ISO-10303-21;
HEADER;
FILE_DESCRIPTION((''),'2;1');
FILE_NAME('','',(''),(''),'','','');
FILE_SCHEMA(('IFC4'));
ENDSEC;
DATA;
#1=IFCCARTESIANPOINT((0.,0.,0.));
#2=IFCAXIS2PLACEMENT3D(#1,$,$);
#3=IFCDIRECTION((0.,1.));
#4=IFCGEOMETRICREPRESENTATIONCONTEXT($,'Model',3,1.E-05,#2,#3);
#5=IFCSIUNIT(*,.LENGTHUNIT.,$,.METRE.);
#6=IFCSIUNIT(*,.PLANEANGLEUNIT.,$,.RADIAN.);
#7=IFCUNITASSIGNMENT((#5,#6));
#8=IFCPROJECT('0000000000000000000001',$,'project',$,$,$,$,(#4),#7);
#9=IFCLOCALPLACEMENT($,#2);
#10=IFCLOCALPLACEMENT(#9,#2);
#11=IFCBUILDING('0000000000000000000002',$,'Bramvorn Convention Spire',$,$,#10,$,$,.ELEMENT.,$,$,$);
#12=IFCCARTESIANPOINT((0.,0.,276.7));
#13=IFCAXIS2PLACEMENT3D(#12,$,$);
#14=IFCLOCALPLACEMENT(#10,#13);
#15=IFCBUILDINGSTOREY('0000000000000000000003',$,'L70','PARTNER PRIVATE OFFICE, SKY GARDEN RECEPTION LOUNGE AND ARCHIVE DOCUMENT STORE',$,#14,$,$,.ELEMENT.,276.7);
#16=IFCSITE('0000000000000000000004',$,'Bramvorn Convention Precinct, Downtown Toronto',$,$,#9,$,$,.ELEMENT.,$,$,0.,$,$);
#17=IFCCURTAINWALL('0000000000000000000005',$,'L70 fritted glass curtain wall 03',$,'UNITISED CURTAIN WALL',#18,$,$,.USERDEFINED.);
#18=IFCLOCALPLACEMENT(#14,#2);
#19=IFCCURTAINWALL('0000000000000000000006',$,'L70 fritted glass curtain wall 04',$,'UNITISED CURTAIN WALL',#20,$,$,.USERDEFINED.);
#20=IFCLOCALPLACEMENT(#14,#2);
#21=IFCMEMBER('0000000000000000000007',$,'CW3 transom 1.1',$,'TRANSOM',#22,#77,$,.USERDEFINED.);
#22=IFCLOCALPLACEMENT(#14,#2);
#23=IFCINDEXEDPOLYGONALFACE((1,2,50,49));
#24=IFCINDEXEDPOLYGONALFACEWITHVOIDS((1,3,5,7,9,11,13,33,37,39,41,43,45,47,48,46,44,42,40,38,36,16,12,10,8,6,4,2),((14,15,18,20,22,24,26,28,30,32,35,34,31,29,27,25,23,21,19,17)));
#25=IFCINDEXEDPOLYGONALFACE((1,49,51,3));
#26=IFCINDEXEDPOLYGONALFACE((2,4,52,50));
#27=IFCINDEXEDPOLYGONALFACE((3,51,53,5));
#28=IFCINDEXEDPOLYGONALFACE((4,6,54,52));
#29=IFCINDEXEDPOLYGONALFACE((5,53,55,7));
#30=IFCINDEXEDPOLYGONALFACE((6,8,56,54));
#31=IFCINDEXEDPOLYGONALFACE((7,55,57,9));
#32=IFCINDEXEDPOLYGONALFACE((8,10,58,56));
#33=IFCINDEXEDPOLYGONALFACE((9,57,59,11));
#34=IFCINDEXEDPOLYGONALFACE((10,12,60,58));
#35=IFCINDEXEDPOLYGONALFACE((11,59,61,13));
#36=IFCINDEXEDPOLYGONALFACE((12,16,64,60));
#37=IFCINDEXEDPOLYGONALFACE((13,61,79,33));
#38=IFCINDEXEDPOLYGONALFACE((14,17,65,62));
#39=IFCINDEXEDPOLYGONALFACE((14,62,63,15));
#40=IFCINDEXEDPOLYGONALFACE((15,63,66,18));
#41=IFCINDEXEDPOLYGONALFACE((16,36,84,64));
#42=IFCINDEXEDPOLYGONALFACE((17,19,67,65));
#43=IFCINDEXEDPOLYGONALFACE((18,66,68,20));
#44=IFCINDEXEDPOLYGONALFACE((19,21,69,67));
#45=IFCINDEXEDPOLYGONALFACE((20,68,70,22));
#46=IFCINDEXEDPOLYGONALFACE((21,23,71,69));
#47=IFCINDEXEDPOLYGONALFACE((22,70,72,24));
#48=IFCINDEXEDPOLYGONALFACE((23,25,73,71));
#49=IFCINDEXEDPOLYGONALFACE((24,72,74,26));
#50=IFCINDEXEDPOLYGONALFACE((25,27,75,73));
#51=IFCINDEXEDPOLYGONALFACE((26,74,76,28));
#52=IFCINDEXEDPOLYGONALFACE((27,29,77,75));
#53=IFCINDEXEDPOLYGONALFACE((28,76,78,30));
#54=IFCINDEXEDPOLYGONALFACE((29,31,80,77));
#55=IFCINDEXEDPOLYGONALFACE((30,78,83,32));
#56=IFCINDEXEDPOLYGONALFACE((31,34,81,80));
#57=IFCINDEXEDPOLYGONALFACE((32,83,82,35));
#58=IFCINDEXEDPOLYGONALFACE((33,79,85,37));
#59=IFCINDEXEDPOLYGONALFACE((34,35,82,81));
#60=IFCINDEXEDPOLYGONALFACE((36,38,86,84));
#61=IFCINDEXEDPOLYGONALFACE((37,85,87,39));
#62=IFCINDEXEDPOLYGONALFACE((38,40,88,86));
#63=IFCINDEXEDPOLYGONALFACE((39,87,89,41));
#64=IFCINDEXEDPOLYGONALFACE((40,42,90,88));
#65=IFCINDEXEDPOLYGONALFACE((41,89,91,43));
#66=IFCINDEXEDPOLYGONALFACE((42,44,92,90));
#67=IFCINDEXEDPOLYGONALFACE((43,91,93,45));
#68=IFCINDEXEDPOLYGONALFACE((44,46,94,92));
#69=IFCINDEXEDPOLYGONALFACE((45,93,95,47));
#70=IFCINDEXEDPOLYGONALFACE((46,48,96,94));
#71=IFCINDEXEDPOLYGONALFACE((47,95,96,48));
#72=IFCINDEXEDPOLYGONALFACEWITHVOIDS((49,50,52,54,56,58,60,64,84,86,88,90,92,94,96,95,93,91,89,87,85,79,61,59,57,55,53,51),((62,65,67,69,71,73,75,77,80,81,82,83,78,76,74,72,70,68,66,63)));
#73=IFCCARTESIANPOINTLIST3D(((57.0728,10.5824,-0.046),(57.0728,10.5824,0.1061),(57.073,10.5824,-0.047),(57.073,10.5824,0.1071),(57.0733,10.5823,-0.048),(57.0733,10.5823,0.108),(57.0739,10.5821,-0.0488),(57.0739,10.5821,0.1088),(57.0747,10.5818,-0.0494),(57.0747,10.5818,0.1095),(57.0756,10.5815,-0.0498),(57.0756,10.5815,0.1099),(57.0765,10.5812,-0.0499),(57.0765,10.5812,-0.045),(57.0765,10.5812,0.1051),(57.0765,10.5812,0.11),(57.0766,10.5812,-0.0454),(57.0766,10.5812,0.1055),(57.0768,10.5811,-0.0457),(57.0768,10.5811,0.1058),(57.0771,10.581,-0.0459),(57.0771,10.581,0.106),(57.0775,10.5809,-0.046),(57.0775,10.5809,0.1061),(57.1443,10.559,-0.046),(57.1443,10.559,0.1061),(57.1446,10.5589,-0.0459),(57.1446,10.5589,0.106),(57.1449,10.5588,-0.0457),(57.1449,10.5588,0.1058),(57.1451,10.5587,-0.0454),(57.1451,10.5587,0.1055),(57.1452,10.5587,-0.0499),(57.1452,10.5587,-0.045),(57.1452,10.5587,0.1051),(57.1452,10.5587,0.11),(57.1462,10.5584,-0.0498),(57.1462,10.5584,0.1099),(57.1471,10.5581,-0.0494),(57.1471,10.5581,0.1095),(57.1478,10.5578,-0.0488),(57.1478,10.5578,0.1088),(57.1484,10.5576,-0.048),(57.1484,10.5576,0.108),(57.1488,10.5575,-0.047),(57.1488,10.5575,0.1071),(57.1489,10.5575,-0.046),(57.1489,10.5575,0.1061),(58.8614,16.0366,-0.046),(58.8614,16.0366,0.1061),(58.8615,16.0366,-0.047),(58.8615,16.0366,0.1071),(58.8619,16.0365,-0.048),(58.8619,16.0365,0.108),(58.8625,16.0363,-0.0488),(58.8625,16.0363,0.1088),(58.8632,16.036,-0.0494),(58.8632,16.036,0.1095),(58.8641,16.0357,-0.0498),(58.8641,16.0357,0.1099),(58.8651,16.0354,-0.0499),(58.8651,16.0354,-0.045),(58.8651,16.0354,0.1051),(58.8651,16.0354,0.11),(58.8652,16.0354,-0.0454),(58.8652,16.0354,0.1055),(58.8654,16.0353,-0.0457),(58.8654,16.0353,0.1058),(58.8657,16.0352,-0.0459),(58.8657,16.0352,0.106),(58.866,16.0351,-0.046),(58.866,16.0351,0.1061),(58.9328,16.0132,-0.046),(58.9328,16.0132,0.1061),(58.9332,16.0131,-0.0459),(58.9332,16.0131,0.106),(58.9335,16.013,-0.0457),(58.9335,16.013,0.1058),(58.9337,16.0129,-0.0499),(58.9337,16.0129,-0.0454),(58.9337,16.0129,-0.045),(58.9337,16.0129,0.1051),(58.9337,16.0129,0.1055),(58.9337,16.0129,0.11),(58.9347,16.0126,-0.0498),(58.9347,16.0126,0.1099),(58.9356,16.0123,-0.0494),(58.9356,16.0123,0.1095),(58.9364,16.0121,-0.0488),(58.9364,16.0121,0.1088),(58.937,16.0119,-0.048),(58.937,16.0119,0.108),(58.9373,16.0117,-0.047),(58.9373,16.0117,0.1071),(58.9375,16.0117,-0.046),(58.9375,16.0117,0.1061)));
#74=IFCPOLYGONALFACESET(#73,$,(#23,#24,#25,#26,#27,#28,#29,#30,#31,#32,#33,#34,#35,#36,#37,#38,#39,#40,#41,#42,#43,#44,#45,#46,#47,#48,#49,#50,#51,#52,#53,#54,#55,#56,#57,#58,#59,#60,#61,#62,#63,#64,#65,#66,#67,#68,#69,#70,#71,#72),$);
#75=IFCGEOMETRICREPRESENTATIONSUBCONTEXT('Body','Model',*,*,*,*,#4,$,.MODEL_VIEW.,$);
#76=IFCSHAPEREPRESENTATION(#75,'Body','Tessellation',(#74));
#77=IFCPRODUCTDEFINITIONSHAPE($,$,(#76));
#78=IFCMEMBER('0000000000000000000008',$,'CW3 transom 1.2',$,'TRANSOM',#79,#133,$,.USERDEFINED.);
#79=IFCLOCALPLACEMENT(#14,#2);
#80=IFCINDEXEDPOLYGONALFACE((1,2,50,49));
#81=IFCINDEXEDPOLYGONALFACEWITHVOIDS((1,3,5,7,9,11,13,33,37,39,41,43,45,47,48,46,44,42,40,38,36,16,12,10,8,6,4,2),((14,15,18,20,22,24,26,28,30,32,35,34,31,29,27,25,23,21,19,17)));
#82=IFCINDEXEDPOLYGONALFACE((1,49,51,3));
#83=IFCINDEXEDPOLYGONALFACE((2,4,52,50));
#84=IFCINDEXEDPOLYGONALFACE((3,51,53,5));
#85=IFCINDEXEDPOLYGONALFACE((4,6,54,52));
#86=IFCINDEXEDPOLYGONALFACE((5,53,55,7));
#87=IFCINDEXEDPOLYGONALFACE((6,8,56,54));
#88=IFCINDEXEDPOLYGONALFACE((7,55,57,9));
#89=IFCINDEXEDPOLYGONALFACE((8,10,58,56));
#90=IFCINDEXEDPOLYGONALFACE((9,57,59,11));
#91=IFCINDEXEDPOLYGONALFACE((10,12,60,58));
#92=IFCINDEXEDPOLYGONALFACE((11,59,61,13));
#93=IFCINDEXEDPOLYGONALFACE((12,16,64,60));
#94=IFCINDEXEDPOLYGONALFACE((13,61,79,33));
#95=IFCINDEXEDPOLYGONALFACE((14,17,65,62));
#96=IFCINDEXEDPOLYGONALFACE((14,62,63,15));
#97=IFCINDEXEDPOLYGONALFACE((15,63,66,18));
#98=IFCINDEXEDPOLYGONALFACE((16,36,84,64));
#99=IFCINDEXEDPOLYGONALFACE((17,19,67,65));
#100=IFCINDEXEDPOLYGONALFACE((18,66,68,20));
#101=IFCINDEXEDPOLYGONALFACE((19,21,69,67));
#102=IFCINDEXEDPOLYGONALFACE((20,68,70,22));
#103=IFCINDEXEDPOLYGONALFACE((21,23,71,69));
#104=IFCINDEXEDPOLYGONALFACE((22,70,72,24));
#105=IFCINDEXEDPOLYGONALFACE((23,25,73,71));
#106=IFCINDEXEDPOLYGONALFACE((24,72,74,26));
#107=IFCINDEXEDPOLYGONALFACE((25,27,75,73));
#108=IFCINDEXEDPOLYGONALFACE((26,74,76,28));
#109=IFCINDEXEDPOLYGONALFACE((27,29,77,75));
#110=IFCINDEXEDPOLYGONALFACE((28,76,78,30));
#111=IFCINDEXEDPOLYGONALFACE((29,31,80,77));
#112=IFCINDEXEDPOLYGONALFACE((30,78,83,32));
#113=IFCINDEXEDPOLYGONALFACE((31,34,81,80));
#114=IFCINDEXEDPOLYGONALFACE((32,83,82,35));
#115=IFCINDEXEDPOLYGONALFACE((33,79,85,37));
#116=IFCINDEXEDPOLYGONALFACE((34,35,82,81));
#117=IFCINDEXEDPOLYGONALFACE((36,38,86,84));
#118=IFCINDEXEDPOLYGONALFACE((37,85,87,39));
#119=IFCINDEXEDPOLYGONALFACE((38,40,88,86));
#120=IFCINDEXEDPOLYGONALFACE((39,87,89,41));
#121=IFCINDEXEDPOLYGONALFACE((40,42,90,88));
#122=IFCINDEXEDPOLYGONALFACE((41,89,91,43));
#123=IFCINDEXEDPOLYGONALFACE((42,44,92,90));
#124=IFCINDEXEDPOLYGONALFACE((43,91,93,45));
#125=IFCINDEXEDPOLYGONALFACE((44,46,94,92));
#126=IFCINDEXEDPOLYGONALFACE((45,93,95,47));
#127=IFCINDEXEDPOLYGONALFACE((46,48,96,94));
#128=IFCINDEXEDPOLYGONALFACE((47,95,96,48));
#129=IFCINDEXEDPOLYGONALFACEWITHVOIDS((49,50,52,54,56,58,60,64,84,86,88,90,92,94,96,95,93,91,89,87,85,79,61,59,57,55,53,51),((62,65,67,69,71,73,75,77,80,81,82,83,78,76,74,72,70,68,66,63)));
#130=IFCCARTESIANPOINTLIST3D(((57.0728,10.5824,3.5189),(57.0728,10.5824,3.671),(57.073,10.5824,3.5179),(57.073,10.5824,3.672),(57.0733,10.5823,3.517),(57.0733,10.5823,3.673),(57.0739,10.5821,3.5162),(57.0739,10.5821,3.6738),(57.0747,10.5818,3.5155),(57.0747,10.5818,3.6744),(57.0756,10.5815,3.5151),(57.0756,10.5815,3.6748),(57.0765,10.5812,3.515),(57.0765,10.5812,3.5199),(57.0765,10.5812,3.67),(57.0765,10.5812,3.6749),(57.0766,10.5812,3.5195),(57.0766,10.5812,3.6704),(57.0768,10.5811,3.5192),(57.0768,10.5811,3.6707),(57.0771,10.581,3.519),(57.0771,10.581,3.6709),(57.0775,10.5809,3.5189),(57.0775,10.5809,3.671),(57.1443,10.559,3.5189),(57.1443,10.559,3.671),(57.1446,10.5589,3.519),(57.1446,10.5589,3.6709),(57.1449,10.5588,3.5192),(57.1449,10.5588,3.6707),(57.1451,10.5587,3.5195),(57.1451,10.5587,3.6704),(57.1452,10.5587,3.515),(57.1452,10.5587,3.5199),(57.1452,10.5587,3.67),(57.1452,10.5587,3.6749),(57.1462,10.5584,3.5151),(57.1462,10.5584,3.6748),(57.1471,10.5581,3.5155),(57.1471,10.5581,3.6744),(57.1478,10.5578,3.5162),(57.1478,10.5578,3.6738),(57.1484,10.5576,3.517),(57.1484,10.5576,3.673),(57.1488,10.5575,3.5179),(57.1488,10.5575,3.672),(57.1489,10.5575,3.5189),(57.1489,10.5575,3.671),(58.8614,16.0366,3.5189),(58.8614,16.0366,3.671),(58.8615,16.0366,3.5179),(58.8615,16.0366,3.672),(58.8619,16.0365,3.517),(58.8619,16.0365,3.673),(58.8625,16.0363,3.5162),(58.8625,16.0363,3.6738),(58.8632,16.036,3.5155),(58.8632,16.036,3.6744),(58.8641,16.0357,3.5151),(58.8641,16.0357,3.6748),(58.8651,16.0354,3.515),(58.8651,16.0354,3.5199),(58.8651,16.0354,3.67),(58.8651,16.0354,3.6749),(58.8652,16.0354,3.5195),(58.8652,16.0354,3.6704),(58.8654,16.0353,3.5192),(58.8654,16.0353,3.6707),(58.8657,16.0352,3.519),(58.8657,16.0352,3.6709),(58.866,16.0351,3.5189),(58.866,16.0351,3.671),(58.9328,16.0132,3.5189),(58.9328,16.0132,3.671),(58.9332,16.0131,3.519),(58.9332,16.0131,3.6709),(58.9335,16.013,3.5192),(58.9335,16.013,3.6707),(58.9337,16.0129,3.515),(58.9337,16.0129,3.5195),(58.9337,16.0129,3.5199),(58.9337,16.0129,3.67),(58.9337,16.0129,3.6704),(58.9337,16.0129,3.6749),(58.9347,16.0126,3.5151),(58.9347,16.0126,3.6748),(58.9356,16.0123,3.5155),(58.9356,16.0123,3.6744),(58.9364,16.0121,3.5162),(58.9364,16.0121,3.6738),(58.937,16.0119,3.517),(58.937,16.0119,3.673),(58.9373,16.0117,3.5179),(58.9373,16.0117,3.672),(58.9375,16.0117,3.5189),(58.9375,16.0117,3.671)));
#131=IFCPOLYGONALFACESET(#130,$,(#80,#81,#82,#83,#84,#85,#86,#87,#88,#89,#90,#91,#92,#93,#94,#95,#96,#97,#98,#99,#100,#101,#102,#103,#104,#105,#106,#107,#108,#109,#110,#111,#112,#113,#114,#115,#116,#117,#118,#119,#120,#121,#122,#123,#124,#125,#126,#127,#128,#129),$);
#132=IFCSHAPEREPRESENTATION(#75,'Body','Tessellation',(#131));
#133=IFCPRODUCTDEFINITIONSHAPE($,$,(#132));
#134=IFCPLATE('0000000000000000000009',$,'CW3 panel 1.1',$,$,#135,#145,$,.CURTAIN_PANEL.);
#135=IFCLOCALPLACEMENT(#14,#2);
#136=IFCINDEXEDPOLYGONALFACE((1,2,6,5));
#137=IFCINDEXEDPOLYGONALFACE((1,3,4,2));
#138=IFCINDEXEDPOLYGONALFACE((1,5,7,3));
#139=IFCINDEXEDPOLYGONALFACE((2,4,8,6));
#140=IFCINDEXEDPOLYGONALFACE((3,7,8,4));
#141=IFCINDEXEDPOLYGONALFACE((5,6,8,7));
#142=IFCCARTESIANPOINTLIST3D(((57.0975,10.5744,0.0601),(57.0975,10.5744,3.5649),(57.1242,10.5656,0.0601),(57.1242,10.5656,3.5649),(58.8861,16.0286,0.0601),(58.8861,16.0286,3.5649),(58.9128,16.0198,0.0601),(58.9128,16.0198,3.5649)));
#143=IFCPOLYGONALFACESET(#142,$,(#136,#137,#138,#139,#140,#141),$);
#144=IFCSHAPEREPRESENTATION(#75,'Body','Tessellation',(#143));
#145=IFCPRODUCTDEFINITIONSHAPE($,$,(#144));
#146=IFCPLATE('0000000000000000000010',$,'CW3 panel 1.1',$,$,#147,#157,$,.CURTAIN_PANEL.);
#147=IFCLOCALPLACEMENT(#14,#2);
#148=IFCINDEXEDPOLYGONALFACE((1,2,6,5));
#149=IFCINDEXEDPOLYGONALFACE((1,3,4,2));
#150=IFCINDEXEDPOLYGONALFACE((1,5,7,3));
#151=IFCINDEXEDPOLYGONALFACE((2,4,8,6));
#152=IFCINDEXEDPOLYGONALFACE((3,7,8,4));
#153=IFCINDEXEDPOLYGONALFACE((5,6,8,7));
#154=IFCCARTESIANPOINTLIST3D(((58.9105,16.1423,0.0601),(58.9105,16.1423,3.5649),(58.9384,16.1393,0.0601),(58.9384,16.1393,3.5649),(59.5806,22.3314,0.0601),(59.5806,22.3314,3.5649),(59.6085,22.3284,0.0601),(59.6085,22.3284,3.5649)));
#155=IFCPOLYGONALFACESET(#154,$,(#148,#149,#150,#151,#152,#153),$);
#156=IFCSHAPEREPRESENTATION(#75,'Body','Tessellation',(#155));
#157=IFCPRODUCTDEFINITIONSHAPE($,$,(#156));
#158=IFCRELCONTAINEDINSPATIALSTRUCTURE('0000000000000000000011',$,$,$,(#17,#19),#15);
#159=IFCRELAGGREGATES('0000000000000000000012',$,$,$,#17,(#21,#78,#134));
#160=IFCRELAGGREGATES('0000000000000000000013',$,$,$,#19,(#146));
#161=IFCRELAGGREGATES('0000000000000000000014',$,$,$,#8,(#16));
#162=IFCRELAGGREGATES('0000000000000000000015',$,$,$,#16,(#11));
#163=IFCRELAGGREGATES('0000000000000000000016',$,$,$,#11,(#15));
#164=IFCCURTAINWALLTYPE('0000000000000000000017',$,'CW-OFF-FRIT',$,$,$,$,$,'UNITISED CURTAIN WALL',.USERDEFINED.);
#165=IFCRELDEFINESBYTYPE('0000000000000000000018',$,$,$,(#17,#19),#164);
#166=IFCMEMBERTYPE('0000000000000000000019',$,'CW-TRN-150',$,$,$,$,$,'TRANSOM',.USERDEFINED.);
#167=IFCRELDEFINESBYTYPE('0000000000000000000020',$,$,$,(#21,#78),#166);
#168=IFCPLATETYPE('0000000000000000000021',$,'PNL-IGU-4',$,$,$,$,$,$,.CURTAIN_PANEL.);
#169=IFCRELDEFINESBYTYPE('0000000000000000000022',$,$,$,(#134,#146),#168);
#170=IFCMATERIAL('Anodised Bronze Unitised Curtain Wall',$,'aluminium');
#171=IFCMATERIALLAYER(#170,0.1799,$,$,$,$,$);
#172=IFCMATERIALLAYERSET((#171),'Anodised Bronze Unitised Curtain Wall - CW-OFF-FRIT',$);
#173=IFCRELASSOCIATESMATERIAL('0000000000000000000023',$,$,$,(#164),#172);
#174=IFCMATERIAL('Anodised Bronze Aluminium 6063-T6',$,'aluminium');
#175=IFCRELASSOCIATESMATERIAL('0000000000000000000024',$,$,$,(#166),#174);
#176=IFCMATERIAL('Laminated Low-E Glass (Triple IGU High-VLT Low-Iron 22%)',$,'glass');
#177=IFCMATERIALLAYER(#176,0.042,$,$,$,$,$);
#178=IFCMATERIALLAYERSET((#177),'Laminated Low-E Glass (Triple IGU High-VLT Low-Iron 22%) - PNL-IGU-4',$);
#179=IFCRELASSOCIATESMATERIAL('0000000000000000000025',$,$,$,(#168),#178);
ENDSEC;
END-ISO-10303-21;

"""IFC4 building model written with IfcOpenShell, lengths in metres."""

from ifc_helpers import new_model, si_unit, direction, frame, origin, origin_2d, place, context, subcontext, project, spatial, rectangle, hollow_rectangle, extrude, material, layer, layer_set, material_profile, profile_set, type_object, element, aggregate, save


model = new_model("IFC4")

# Units and contexts
model_context = context("Model", 3, precision=1e-05, world=origin(), true_north=direction((0.0, 1.0)))
body_context = subcontext(model_context, "Body", "Model", "MODEL_VIEW")
ifc_project = project(units=[si_unit("LENGTHUNIT", "METRE"), si_unit("PLANEANGLEUNIT", "RADIAN")], contexts=[model_context])

# Site, building, storey
site_placement = place(None, origin())
site = spatial("IfcSite", under=ifc_project, at=site_placement, Name="Bramvorn Convention Precinct, Downtown Toronto", CompositionType="ELEMENT", RefElevation=0.0)
building_placement = place(site_placement, origin())
building = spatial("IfcBuilding", under=site, at=building_placement, Name="Bramvorn Convention Spire", CompositionType="ELEMENT")
storey_placement = place(building_placement, frame((0.0, 0.0, 276.7)))
storey = spatial("IfcBuildingStorey", under=building, at=storey_placement, Name="L70", Description="PARTNER PRIVATE OFFICE, SKY GARDEN RECEPTION LOUNGE AND ARCHIVE DOCUMENT STORE", CompositionType="ELEMENT", Elevation=276.7)

# Curtain wall
ifc_material_1 = material(Name="Anodised Bronze Unitised Curtain Wall", Category="aluminium")
ifc_layer_1 = layer(ifc_material_1, 0.1799)
ifc_layer_set_1 = layer_set([ifc_layer_1], Name="Anodised Bronze Unitised Curtain Wall - CW-OFF-FRIT")
curtain_wall_type = type_object("IfcCurtainWallType", Name="CW-OFF-FRIT", ElementType="UNITISED CURTAIN WALL", PredefinedType="USERDEFINED", material=ifc_layer_set_1)
curtain_wall_1_placement = place(storey_placement, origin())
curtain_wall_1 = element("IfcCurtainWall", 1, at=curtain_wall_1_placement, inside=storey, type_object=curtain_wall_type, Name="L70 fritted glass curtain wall 03", ObjectType="UNITISED CURTAIN WALL", PredefinedType="USERDEFINED")
ifc_material_2 = material(Name="Anodised Bronze Aluminium 6063-T6", Category="aluminium")

# Curtain wall
curtain_wall_2_placement = place(storey_placement, origin())
curtain_wall_2 = element("IfcCurtainWall", 2, at=curtain_wall_2_placement, inside=storey, type_object=curtain_wall_type, Name="L70 fritted glass curtain wall 04", ObjectType="UNITISED CURTAIN WALL", PredefinedType="USERDEFINED")

# Members
ifc_material_profile_1 = material_profile(ifc_material_2, hollow_rectangle(XDim=0.0801, YDim=0.1599, WallThickness=0.0039, InnerFilletRadius=0.001, OuterFilletRadius=0.0039, at=origin_2d()))
ifc_profile_set_1 = profile_set([ifc_material_profile_1], Name="Anodised Bronze Aluminium 6063-T6 - CWT80X160")
member_type_1 = type_object("IfcMemberType", Name="CW-TRN-150", ElementType="TRANSOM", PredefinedType="USERDEFINED", material=ifc_profile_set_1)
member_1_placement = place(storey_placement, frame((58.8994, 16.0242, 0.03), z_axis=(-0.311592, -0.950216, 0.0), x_axis=(0.950216, -0.311592, 0.0)))
member_1 = element("IfcMember", 3, at=member_1_placement, type_object=member_type_1, Name="CW3 transom 1.1", ObjectType="TRANSOM", PredefinedType="USERDEFINED", context=body_context, shape_type="SweptSolid", body=[
    extrude(hollow_rectangle(XDim=0.0801, YDim=0.1599, WallThickness=0.0039, InnerFilletRadius=0.001, OuterFilletRadius=0.0039, at=origin_2d()), origin(), (0.0, 0.0, 1.0), 5.74),
])
member_2_placement = place(storey_placement, frame((58.8994, 16.0242, 3.595), z_axis=(-0.311592, -0.950216, 0.0), x_axis=(0.950216, -0.311592, 0.0)))
member_2 = element("IfcMember", 4, at=member_2_placement, type_object=member_type_1, Name="CW3 transom 1.2", ObjectType="TRANSOM", PredefinedType="USERDEFINED", context=body_context, shape_type="SweptSolid", body=[
    extrude(hollow_rectangle(XDim=0.0801, YDim=0.1599, WallThickness=0.0039, InnerFilletRadius=0.001, OuterFilletRadius=0.0039, at=origin_2d()), origin(), (0.0, 0.0, 1.0), 5.74),
])

# Plates
ifc_material_3 = material(Name="Laminated Low-E Glass (Triple IGU High-VLT Low-Iron 22%)", Category="glass")
ifc_layer_2 = layer(ifc_material_3, 0.042)
ifc_layer_set_2 = layer_set([ifc_layer_2], Name="Laminated Low-E Glass (Triple IGU High-VLT Low-Iron 22%) - PNL-IGU-4")
plate_type = type_object("IfcPlateType", Name="PNL-IGU-4", PredefinedType="CURTAIN_PANEL", material=ifc_layer_set_2)
plate_1_placement = place(storey_placement, frame((58.0051, 13.2971, 0.0601), z_axis=(0.0, 0.0, 1.0), x_axis=(-0.311606, -0.950211, 0.0)))
plate_1 = element("IfcPlate", 5, at=plate_1_placement, type_object=plate_type, Name="CW3 panel 1.1", PredefinedType="CURTAIN_PANEL", context=body_context, shape_type="SweptSolid", body=[
    extrude(rectangle(XDim=5.74, YDim=0.0281, at=origin_2d()), origin(), (0.0, 0.0, 1.0), 3.5049),
])
aggregate(curtain_wall_1, [member_1, member_2, plate_1])
plate_2_placement = place(storey_placement, frame((59.2595, 19.2354, 0.0601), z_axis=(0.0, 0.0, 1.0), x_axis=(-0.107639, -0.99419, 0.0)))
plate_2 = element("IfcPlate", 6, at=plate_2_placement, type_object=plate_type, Name="CW3 panel 1.1", PredefinedType="CURTAIN_PANEL", context=body_context, shape_type="SweptSolid", body=[
    extrude(rectangle(XDim=6.2253, YDim=0.0281, at=origin_2d()), origin(), (0.0, 0.0, 1.0), 3.5049),
])
aggregate(curtain_wall_2, [plate_2])

save(model, "model.ifc")
